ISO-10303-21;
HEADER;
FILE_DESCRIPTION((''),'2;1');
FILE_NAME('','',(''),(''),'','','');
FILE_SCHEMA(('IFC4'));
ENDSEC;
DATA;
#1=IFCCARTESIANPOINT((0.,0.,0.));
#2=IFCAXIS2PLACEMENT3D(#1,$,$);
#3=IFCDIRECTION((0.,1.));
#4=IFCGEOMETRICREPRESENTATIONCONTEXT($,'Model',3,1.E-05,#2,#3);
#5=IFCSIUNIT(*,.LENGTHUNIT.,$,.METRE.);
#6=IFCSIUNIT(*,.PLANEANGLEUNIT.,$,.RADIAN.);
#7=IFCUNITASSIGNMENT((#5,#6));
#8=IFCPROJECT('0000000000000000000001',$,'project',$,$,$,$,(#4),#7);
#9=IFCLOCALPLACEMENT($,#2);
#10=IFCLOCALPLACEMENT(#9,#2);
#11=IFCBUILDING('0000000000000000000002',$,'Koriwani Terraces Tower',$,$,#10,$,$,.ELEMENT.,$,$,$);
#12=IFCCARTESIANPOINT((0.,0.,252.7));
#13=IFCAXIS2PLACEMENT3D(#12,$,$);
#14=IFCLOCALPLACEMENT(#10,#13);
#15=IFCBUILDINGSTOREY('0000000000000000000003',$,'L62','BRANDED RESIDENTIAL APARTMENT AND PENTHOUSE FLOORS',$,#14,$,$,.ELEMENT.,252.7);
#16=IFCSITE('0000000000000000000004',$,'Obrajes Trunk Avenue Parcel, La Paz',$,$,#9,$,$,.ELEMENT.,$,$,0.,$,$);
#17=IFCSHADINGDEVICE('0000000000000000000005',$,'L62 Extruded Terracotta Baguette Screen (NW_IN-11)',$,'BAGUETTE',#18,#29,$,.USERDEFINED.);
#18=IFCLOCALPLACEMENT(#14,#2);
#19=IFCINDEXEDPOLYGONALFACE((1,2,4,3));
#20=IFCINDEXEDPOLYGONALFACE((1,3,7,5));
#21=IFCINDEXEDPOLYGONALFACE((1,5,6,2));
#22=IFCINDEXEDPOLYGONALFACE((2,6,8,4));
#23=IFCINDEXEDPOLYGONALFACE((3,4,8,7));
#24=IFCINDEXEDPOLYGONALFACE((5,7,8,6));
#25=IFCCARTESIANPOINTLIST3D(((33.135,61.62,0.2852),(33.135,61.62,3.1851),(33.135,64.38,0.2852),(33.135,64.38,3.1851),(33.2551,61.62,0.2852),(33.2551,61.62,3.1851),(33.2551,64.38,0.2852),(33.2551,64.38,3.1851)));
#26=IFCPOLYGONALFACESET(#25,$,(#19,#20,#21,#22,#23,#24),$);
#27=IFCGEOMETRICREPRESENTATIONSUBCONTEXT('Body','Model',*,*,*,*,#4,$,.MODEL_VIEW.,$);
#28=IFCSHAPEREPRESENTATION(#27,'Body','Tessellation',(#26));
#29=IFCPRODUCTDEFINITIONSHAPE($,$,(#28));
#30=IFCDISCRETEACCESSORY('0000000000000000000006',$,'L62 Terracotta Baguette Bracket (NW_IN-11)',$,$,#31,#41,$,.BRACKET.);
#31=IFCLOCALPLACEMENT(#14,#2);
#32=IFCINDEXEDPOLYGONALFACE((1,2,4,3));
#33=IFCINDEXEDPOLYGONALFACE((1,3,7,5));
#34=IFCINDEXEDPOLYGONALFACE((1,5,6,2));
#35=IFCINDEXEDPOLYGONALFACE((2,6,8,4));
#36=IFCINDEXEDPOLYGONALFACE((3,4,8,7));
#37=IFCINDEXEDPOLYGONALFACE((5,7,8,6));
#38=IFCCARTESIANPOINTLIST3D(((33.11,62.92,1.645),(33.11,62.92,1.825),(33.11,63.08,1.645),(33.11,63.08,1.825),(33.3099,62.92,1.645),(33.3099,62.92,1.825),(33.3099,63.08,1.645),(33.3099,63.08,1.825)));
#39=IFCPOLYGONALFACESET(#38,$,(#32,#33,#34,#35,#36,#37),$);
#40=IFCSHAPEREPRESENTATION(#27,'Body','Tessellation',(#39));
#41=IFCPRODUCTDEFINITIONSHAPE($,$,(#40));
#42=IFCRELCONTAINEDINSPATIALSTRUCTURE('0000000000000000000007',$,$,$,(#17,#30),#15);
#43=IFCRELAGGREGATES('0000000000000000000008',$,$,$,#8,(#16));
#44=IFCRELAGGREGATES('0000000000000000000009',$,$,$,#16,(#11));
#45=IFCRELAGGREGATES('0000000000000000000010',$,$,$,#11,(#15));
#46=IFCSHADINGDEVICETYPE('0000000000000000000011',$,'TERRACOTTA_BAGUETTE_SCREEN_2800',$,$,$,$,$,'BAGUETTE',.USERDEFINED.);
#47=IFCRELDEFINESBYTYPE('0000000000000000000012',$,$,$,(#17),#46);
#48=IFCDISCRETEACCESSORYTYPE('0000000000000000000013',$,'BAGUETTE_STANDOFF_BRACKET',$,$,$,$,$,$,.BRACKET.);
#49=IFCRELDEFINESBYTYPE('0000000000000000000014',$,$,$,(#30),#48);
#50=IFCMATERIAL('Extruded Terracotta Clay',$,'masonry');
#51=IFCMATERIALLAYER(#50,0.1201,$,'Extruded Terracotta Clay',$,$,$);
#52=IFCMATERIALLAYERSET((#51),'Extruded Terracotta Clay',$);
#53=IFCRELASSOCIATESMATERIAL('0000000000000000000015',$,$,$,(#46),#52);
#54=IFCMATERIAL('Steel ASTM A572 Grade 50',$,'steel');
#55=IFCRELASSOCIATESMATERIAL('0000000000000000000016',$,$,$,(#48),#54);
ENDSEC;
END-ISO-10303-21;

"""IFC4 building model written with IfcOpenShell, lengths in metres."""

from ifc_helpers import new_model, si_unit, direction, frame, origin, origin_2d, place, context, subcontext, project, spatial, rectangle, extrude, material, layer, layer_set, type_object, element, save


model = new_model("IFC4")

# Units and contexts
model_context = context("Model", 3, precision=1e-05, world=origin(), true_north=direction((0.0, 1.0)))
body_context = subcontext(model_context, "Body", "Model", "MODEL_VIEW")
ifc_project = project(units=[si_unit("LENGTHUNIT", "METRE"), si_unit("PLANEANGLEUNIT", "RADIAN")], contexts=[model_context])

# Site, building, storey
site_placement = place(None, origin())
site = spatial("IfcSite", under=ifc_project, at=site_placement, Name="Obrajes Trunk Avenue Parcel, La Paz", CompositionType="ELEMENT", RefElevation=0.0)
building_placement = place(site_placement, origin())
building = spatial("IfcBuilding", under=site, at=building_placement, Name="Koriwani Terraces Tower", CompositionType="ELEMENT")
storey_placement = place(building_placement, frame((0.0, 0.0, 252.7)))
storey = spatial("IfcBuildingStorey", under=building, at=storey_placement, Name="L62", Description="BRANDED RESIDENTIAL APARTMENT AND PENTHOUSE FLOORS", CompositionType="ELEMENT", Elevation=252.7)

# Shared definitions
ifc_material_1 = material(Name="Steel ASTM A572 Grade 50", Category="steel")

# Shading device
ifc_material_2 = material(Name="Extruded Terracotta Clay", Category="masonry")
ifc_layer_1 = layer(ifc_material_2, 0.1201, Name="Extruded Terracotta Clay")
ifc_layer_set_1 = layer_set([ifc_layer_1], Name="Extruded Terracotta Clay")
shading_device_type = type_object("IfcShadingDeviceType", Name="TERRACOTTA_BAGUETTE_SCREEN_2800", ElementType="BAGUETTE", PredefinedType="USERDEFINED", material=ifc_layer_set_1)
shading_device_placement = place(storey_placement, frame((33.1951, 63.0, 0.2852), z_axis=(0.0, 0.0, 1.0), x_axis=(0.0, -1.0, 0.0)))
element("IfcShadingDevice", 1, at=shading_device_placement, inside=storey, type_object=shading_device_type, Name="L62 Extruded Terracotta Baguette Screen (NW_IN-11)", ObjectType="BAGUETTE", PredefinedType="USERDEFINED", context=body_context, shape_type="SweptSolid", body=[
    extrude(rectangle(XDim=2.76, YDim=0.1201, at=origin_2d()), origin(), (0.0, 0.0, 1.0), 2.8999),
])

# Discrete accessory
discrete_accessory_type = type_object("IfcDiscreteAccessoryType", Name="BAGUETTE_STANDOFF_BRACKET", PredefinedType="BRACKET", material=ifc_material_1)
discrete_accessory_placement = place(storey_placement, frame((33.21, 63.0, 1.645), z_axis=(0.0, 0.0, 1.0), x_axis=(0.0, -1.0, 0.0)))
element("IfcDiscreteAccessory", 2, at=discrete_accessory_placement, inside=storey, type_object=discrete_accessory_type, Name="L62 Terracotta Baguette Bracket (NW_IN-11)", PredefinedType="BRACKET", context=body_context, shape_type="SweptSolid", body=[
    extrude(rectangle(XDim=0.1599, YDim=0.2, at=origin_2d()), origin(), (0.0, 0.0, 1.0), 0.1799),
])

save(model, "model.ifc")
